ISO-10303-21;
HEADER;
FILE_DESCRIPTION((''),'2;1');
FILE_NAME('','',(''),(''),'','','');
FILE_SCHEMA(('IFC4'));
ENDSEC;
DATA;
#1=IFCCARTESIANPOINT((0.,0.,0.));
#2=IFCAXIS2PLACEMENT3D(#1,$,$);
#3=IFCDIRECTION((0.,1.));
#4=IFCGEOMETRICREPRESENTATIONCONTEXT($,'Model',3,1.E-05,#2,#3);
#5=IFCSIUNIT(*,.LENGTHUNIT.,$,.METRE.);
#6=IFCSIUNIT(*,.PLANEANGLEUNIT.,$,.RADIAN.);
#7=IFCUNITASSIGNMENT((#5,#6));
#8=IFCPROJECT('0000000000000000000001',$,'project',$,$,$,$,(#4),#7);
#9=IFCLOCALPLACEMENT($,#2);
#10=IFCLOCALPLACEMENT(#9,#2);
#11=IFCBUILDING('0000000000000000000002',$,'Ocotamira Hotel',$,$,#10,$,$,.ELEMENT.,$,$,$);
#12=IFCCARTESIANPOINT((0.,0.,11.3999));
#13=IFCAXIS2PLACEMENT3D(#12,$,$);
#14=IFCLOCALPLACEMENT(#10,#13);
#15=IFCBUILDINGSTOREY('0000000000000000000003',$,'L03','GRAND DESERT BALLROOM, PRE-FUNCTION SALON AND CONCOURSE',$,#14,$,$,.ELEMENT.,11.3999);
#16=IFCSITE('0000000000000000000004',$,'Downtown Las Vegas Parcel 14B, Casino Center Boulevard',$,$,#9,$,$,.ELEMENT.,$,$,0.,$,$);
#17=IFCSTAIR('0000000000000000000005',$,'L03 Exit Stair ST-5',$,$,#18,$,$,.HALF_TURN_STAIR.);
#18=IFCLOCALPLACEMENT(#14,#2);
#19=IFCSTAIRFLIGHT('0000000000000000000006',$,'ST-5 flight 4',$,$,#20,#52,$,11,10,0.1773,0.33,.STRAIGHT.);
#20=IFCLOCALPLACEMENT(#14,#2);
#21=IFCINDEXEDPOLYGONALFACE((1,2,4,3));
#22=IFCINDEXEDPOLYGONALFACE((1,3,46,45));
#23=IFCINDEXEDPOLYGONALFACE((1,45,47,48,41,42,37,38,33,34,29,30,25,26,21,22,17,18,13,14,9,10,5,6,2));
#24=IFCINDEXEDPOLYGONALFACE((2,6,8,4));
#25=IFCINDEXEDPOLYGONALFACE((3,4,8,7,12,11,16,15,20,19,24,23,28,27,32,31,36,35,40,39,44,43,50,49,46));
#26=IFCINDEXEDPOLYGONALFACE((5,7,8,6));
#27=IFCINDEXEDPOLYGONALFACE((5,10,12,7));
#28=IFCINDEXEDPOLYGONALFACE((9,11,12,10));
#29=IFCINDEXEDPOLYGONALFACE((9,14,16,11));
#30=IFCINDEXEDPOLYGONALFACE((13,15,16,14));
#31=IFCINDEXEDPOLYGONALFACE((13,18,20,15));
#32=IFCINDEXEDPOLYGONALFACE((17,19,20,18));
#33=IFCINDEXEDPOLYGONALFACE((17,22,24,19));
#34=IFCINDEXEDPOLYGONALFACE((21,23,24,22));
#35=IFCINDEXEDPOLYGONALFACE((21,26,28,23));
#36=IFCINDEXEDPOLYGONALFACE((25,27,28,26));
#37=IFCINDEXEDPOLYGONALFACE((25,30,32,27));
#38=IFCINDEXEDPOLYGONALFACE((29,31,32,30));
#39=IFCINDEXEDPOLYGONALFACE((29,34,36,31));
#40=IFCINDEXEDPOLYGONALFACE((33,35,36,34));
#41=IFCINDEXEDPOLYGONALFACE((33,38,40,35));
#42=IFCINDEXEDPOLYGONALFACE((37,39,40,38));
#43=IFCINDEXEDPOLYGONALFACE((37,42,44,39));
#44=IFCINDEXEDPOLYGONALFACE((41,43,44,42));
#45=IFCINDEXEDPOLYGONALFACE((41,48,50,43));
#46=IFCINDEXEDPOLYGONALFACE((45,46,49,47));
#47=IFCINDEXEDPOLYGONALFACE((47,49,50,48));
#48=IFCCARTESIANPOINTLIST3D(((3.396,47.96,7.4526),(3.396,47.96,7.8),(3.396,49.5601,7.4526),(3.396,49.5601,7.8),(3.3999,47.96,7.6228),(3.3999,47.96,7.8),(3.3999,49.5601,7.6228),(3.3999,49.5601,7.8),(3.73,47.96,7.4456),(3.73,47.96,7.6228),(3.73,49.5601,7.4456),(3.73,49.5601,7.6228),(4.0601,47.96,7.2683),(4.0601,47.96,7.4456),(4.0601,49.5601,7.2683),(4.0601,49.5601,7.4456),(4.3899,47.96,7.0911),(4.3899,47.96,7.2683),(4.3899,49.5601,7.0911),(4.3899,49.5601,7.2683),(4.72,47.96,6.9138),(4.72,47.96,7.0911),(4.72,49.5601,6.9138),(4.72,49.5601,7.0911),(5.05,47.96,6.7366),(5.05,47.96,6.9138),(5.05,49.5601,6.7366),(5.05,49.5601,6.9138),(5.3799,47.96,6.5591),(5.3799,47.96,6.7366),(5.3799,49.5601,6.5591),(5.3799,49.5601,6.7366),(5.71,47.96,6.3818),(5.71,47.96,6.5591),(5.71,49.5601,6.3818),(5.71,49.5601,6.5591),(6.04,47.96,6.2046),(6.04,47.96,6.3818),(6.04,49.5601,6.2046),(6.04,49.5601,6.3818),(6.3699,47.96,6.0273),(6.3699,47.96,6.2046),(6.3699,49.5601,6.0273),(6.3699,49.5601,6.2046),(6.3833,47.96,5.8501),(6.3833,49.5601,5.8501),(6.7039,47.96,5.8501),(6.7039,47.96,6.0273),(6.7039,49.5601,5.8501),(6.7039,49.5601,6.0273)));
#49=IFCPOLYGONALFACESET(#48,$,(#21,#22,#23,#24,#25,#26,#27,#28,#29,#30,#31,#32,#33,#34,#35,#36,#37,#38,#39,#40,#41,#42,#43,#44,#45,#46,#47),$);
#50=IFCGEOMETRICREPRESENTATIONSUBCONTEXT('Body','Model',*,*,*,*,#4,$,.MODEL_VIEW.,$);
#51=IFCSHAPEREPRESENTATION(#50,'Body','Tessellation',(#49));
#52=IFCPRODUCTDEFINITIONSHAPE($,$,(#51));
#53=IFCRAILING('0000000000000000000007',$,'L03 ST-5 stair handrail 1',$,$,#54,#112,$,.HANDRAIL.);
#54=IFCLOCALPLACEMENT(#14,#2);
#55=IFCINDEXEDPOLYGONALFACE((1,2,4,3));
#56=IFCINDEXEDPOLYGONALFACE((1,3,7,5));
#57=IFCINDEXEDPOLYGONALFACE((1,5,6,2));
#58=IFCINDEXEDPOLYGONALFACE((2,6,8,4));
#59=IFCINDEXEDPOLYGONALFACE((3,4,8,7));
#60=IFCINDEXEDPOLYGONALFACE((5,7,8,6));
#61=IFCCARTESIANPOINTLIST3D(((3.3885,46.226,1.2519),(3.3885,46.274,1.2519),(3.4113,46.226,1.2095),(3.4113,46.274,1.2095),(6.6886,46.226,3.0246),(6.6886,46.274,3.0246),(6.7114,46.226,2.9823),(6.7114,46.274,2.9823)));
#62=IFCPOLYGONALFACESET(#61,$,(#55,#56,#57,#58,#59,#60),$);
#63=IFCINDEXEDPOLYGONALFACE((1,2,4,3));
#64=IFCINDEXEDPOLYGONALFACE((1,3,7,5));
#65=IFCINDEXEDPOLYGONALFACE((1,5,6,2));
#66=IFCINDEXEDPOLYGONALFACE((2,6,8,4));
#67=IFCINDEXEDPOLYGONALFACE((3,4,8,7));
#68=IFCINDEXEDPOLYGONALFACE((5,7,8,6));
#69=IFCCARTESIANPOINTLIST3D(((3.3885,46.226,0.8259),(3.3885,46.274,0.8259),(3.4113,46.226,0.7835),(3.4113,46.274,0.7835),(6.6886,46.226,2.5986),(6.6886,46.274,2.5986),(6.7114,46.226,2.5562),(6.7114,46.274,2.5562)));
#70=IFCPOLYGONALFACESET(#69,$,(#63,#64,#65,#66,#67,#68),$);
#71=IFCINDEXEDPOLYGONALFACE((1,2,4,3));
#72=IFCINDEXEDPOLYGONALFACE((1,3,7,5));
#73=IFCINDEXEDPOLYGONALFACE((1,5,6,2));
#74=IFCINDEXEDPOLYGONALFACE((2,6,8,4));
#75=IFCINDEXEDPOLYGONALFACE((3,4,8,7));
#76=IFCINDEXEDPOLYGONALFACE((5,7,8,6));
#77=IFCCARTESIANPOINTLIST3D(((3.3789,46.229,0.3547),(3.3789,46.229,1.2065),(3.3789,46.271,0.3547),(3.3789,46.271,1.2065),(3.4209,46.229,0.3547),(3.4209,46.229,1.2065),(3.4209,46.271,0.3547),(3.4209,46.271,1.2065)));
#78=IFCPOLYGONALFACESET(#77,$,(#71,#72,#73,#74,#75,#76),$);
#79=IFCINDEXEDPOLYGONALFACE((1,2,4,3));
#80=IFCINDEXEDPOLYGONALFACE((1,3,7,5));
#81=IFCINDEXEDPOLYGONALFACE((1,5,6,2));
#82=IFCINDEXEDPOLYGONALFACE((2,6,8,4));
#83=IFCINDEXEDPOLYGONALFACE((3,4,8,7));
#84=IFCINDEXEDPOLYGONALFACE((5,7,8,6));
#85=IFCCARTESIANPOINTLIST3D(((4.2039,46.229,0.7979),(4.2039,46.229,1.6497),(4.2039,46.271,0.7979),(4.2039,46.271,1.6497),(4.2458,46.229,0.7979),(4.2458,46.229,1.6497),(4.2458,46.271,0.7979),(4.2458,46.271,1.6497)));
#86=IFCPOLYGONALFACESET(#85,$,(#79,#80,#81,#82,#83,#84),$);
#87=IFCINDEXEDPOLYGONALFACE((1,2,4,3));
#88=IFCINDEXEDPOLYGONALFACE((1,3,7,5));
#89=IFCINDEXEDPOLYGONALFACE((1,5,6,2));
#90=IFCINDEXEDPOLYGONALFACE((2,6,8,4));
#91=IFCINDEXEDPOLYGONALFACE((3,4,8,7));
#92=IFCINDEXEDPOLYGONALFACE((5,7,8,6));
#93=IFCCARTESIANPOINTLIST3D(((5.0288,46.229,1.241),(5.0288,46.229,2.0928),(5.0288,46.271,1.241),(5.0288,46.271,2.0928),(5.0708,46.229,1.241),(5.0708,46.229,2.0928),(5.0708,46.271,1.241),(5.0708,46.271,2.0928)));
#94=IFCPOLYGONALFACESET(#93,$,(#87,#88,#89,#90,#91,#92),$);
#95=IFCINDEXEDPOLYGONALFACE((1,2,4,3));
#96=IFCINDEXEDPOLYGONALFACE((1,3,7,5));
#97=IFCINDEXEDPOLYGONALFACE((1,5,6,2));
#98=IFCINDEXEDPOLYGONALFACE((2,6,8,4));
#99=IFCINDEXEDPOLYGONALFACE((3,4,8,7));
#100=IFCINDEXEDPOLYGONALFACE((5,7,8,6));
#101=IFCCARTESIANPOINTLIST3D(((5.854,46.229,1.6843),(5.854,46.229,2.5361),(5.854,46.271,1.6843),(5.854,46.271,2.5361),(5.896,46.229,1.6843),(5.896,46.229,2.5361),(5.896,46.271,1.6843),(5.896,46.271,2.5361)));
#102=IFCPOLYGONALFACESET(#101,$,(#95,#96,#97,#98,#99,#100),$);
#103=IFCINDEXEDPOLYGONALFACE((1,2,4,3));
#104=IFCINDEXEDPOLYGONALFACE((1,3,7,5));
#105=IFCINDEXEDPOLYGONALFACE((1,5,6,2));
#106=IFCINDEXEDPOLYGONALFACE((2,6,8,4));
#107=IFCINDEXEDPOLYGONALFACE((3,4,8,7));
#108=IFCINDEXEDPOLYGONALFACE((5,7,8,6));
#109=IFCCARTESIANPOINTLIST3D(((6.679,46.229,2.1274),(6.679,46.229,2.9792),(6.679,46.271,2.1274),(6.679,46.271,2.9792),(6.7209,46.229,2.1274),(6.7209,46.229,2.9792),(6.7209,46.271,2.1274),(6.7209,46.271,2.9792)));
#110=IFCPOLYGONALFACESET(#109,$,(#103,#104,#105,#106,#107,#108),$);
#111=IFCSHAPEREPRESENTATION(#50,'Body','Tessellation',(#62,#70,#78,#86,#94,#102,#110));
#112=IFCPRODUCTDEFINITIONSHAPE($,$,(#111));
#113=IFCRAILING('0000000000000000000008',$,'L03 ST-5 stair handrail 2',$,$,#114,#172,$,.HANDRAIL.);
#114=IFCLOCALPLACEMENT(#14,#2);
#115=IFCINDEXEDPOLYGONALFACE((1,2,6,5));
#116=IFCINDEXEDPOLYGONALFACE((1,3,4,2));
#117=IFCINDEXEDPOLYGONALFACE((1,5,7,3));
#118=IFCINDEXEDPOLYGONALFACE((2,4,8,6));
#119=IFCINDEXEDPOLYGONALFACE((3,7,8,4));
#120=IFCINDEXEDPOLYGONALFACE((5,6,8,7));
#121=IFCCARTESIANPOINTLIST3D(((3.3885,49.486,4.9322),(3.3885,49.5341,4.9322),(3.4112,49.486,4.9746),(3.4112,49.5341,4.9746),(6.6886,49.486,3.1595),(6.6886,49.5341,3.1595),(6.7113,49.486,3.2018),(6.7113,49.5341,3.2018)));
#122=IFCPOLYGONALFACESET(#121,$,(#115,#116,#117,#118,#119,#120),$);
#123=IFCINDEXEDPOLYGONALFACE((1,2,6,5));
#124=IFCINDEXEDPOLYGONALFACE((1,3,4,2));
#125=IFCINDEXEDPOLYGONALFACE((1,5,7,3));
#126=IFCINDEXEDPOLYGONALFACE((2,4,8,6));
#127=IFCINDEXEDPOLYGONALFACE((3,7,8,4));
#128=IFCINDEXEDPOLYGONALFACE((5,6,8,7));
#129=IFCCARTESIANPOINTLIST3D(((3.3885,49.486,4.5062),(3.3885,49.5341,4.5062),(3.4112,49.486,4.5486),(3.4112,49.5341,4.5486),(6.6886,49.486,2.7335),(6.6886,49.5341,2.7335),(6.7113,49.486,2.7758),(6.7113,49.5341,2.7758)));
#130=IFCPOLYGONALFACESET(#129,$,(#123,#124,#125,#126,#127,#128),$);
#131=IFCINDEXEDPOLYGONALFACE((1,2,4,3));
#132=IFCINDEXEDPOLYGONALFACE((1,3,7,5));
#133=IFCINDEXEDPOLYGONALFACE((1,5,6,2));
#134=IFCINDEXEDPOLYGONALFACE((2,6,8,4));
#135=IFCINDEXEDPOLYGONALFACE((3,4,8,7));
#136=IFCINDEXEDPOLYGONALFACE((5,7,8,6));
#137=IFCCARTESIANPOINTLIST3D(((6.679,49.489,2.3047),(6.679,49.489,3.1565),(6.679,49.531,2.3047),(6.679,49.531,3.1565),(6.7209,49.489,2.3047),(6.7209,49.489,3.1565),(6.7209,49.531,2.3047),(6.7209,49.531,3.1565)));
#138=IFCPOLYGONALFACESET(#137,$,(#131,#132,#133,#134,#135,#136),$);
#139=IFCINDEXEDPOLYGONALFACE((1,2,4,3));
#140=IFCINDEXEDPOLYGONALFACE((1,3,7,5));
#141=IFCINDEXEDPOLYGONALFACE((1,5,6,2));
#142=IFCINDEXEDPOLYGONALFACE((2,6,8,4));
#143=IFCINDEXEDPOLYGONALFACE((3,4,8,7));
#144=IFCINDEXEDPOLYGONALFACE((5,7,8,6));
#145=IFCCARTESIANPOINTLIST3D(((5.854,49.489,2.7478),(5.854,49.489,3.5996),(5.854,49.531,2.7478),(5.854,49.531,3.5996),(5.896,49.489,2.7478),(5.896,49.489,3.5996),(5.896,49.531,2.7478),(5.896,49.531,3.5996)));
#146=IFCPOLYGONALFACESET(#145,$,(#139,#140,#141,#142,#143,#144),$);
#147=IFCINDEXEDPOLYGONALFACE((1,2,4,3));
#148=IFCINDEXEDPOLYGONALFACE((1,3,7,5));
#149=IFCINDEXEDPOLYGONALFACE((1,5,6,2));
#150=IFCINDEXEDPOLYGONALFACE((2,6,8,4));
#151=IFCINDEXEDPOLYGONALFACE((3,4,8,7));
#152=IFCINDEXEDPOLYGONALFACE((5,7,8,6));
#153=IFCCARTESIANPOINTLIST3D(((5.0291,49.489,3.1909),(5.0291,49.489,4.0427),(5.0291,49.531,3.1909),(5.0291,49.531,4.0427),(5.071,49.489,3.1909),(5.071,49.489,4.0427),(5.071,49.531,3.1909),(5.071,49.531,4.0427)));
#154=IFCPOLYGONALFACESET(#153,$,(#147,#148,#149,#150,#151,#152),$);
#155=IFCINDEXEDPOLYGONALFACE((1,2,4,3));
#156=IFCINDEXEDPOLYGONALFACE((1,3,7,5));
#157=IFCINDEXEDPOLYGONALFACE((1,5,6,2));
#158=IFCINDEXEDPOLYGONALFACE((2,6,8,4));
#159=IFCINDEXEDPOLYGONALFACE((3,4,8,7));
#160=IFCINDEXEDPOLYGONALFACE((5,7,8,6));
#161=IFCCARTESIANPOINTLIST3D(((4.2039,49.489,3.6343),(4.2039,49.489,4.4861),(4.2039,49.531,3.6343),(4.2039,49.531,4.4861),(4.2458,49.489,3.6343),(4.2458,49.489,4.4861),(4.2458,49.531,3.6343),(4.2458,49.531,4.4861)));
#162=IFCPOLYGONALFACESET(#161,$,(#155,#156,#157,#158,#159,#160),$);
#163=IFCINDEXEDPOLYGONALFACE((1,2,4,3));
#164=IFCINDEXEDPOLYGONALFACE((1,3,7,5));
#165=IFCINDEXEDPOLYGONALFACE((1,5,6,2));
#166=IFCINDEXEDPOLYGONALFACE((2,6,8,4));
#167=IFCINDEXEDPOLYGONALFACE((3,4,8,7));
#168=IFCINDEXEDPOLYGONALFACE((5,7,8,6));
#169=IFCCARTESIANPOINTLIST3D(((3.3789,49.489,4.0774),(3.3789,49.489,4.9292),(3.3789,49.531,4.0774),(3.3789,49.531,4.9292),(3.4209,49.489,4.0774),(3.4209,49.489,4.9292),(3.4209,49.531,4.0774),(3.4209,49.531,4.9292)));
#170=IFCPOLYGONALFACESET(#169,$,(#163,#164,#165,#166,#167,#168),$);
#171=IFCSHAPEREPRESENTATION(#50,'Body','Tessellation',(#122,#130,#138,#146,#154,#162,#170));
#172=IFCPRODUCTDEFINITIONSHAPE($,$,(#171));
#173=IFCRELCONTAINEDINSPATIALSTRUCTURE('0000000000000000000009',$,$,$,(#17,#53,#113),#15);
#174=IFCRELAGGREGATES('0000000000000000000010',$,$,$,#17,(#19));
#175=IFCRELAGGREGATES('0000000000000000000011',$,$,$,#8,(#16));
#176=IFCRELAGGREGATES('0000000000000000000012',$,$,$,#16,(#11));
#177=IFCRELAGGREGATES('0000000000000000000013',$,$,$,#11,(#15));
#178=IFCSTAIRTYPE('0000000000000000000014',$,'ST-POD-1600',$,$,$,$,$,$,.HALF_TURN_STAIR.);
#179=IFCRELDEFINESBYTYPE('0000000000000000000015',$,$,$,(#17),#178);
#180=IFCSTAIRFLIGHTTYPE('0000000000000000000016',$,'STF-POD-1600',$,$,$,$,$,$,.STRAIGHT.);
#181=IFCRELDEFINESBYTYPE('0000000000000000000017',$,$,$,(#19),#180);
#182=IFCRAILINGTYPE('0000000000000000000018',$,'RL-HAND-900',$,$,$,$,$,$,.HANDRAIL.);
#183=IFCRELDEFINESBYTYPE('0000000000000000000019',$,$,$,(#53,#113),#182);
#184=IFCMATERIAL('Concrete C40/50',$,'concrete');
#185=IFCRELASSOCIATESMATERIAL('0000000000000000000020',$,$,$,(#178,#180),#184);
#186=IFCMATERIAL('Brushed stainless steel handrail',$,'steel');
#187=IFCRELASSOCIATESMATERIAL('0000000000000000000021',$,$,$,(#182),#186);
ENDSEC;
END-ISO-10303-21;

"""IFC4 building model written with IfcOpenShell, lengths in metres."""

from ifc_helpers import new_model, si_unit, direction, frame, origin, origin_2d, place, context, subcontext, project, spatial, polyline, rectangle, outline, extrude, source, transform, mapped, material, type_object, element, aggregate, save


model = new_model("IFC4")

# Units and contexts
model_context = context("Model", 3, precision=1e-05, world=origin(), true_north=direction((0.0, 1.0)))
body_context = subcontext(model_context, "Body", "Model", "MODEL_VIEW")
ifc_project = project(units=[si_unit("LENGTHUNIT", "METRE"), si_unit("PLANEANGLEUNIT", "RADIAN")], contexts=[model_context])

# Site, building, storey
site_placement = place(None, origin())
site = spatial("IfcSite", under=ifc_project, at=site_placement, Name="Downtown Las Vegas Parcel 14B, Casino Center Boulevard", CompositionType="ELEMENT", RefElevation=0.0)
building_placement = place(site_placement, origin())
building = spatial("IfcBuilding", under=site, at=building_placement, Name="Ocotamira Hotel", CompositionType="ELEMENT")
storey_placement = place(building_placement, frame((0.0, 0.0, 11.3999)))
storey = spatial("IfcBuildingStorey", under=building, at=storey_placement, Name="L03", Description="GRAND DESERT BALLROOM, PRE-FUNCTION SALON AND CONCOURSE", CompositionType="ELEMENT", Elevation=11.3999)

# Stair, stair flight
ifc_material_1 = material(Name="Concrete C40/50", Category="concrete")
stair_type = type_object("IfcStairType", Name="ST-POD-1600", PredefinedType="HALF_TURN_STAIR", material=ifc_material_1)
stair_placement = place(storey_placement, origin())
stair = element("IfcStair", 1, at=stair_placement, inside=storey, type_object=stair_type, Name="L03 Exit Stair ST-5", PredefinedType="HALF_TURN_STAIR")
stair_flight_type = type_object("IfcStairFlightType", Name="STF-POD-1600", PredefinedType="STRAIGHT", material=ifc_material_1)
shared_shape_1 = source(origin(), body_context, "Body", "SweptSolid", [
    extrude(outline(polyline([(-0.0039, 0.0), (-0.0039, 0.1772), (0.3301, 0.1772), (0.3301, 0.3545), (0.6599, 0.3545), (0.6599, 0.5317), (0.99, 0.5317), (0.99, 0.709), (1.3201, 0.709), (1.3201, 0.8865), (1.6499, 0.8865), (1.6499, 1.0637), (1.98, 1.0637), (1.98, 1.241), (2.3101, 1.241), (2.3101, 1.4182), (2.6399, 1.4182), (2.6399, 1.5955), (2.97, 1.5955), (2.97, 1.7727), (3.3, 1.7727), (3.3, 1.95), (3.304, 1.95), (3.304, 1.6025), (0.3167, 0.0), (-0.0039, 0.0)])), frame((0.0, 0.8, 0.0), z_axis=(0.0, -1.0, 0.0), x_axis=(1.0, 0.0, 0.0)), (0.0, 0.0, 1.0), 1.6001),
])
stair_flight_1_placement = place(storey_placement, frame((6.7, 48.76, 5.8501), z_axis=(0.0, 0.0, 1.0), x_axis=(-1.0, 0.0, 0.0)))
stair_flight_1 = element("IfcStairFlight", 2, at=stair_flight_1_placement, type_object=stair_flight_type, Name="ST-5 flight 4", NumberOfRisers=11, NumberOfTreads=10, PredefinedType="STRAIGHT", RiserHeight=0.1773, TreadLength=0.33, context=body_context, shape_type="MappedRepresentation", body=[
    mapped(shared_shape_1, transform((0.0, 0.0, 0.0), scale=1.0)),
])
aggregate(stair, [stair_flight_1])

# Railings
ifc_material_2 = material(Name="Brushed stainless steel handrail", Category="steel")
railing_type_1 = type_object("IfcRailingType", Name="RL-HAND-900", PredefinedType="HANDRAIL", material=ifc_material_2)
railing_1_placement = place(storey_placement, frame((3.3999, 46.25, 0.3547)))
element("IfcRailing", 3, at=railing_1_placement, inside=storey, type_object=railing_type_1, Name="L03 ST-5 stair handrail 1", PredefinedType="HANDRAIL", context=body_context, shape_type="SweptSolid", body=[
    extrude(rectangle(XDim=0.0481, YDim=0.0481, at=origin_2d()), frame((0.0, 0.0, 0.876), z_axis=(0.880944, 0.0, 0.473221), x_axis=(0.0, 1.0, 0.0)), (0.0, 0.0, 1.0), 3.7461),
    extrude(rectangle(XDim=0.0481, YDim=0.0481, at=origin_2d()), frame((0.0, 0.0, 0.45), z_axis=(0.880944, 0.0, 0.473221), x_axis=(0.0, 1.0, 0.0)), (0.0, 0.0, 1.0), 3.7461),
    extrude(rectangle(XDim=0.042, YDim=0.042, at=origin_2d()), origin(), (0.0, 0.0, 1.0), 0.8518),
    extrude(rectangle(XDim=0.042, YDim=0.042, at=origin_2d()), frame((0.825, 0.0, 0.4431)), (0.0, 0.0, 1.0), 0.8518),
    extrude(rectangle(XDim=0.042, YDim=0.042, at=origin_2d()), frame((1.6499, 0.0, 0.8862)), (0.0, 0.0, 1.0), 0.8518),
    extrude(rectangle(XDim=0.042, YDim=0.042, at=origin_2d()), frame((2.4751, 0.0, 1.3296)), (0.0, 0.0, 1.0), 0.8518),
    extrude(rectangle(XDim=0.042, YDim=0.042, at=origin_2d()), frame((3.3, 0.0, 1.7727)), (0.0, 0.0, 1.0), 0.8518),
])
railing_2_placement = place(storey_placement, frame((6.7, 49.51, 2.3047)))
element("IfcRailing", 4, at=railing_2_placement, inside=storey, type_object=railing_type_1, Name="L03 ST-5 stair handrail 2", PredefinedType="HANDRAIL", context=body_context, shape_type="SweptSolid", body=[
    extrude(rectangle(XDim=0.0481, YDim=0.0481, at=origin_2d()), frame((0.0, 0.0, 0.876), z_axis=(-0.880944, 0.0, 0.473221), x_axis=(0.0, -1.0, 0.0)), (0.0, 0.0, 1.0), 3.7461),
    extrude(rectangle(XDim=0.0481, YDim=0.0481, at=origin_2d()), frame((0.0, 0.0, 0.45), z_axis=(-0.880944, 0.0, 0.473221), x_axis=(0.0, -1.0, 0.0)), (0.0, 0.0, 1.0), 3.7461),
    extrude(rectangle(XDim=0.042, YDim=0.042, at=origin_2d()), origin(), (0.0, 0.0, 1.0), 0.8518),
    extrude(rectangle(XDim=0.042, YDim=0.042, at=origin_2d()), frame((-0.825, 0.0, 0.4431)), (0.0, 0.0, 1.0), 0.8518),
    extrude(rectangle(XDim=0.042, YDim=0.042, at=origin_2d()), frame((-1.6499, 0.0, 0.8862)), (0.0, 0.0, 1.0), 0.8518),
    extrude(rectangle(XDim=0.042, YDim=0.042, at=origin_2d()), frame((-2.4751, 0.0, 1.3296)), (0.0, 0.0, 1.0), 0.8518),
    extrude(rectangle(XDim=0.042, YDim=0.042, at=origin_2d()), frame((-3.3, 0.0, 1.7727)), (0.0, 0.0, 1.0), 0.8518),
])

save(model, "model.ifc")
